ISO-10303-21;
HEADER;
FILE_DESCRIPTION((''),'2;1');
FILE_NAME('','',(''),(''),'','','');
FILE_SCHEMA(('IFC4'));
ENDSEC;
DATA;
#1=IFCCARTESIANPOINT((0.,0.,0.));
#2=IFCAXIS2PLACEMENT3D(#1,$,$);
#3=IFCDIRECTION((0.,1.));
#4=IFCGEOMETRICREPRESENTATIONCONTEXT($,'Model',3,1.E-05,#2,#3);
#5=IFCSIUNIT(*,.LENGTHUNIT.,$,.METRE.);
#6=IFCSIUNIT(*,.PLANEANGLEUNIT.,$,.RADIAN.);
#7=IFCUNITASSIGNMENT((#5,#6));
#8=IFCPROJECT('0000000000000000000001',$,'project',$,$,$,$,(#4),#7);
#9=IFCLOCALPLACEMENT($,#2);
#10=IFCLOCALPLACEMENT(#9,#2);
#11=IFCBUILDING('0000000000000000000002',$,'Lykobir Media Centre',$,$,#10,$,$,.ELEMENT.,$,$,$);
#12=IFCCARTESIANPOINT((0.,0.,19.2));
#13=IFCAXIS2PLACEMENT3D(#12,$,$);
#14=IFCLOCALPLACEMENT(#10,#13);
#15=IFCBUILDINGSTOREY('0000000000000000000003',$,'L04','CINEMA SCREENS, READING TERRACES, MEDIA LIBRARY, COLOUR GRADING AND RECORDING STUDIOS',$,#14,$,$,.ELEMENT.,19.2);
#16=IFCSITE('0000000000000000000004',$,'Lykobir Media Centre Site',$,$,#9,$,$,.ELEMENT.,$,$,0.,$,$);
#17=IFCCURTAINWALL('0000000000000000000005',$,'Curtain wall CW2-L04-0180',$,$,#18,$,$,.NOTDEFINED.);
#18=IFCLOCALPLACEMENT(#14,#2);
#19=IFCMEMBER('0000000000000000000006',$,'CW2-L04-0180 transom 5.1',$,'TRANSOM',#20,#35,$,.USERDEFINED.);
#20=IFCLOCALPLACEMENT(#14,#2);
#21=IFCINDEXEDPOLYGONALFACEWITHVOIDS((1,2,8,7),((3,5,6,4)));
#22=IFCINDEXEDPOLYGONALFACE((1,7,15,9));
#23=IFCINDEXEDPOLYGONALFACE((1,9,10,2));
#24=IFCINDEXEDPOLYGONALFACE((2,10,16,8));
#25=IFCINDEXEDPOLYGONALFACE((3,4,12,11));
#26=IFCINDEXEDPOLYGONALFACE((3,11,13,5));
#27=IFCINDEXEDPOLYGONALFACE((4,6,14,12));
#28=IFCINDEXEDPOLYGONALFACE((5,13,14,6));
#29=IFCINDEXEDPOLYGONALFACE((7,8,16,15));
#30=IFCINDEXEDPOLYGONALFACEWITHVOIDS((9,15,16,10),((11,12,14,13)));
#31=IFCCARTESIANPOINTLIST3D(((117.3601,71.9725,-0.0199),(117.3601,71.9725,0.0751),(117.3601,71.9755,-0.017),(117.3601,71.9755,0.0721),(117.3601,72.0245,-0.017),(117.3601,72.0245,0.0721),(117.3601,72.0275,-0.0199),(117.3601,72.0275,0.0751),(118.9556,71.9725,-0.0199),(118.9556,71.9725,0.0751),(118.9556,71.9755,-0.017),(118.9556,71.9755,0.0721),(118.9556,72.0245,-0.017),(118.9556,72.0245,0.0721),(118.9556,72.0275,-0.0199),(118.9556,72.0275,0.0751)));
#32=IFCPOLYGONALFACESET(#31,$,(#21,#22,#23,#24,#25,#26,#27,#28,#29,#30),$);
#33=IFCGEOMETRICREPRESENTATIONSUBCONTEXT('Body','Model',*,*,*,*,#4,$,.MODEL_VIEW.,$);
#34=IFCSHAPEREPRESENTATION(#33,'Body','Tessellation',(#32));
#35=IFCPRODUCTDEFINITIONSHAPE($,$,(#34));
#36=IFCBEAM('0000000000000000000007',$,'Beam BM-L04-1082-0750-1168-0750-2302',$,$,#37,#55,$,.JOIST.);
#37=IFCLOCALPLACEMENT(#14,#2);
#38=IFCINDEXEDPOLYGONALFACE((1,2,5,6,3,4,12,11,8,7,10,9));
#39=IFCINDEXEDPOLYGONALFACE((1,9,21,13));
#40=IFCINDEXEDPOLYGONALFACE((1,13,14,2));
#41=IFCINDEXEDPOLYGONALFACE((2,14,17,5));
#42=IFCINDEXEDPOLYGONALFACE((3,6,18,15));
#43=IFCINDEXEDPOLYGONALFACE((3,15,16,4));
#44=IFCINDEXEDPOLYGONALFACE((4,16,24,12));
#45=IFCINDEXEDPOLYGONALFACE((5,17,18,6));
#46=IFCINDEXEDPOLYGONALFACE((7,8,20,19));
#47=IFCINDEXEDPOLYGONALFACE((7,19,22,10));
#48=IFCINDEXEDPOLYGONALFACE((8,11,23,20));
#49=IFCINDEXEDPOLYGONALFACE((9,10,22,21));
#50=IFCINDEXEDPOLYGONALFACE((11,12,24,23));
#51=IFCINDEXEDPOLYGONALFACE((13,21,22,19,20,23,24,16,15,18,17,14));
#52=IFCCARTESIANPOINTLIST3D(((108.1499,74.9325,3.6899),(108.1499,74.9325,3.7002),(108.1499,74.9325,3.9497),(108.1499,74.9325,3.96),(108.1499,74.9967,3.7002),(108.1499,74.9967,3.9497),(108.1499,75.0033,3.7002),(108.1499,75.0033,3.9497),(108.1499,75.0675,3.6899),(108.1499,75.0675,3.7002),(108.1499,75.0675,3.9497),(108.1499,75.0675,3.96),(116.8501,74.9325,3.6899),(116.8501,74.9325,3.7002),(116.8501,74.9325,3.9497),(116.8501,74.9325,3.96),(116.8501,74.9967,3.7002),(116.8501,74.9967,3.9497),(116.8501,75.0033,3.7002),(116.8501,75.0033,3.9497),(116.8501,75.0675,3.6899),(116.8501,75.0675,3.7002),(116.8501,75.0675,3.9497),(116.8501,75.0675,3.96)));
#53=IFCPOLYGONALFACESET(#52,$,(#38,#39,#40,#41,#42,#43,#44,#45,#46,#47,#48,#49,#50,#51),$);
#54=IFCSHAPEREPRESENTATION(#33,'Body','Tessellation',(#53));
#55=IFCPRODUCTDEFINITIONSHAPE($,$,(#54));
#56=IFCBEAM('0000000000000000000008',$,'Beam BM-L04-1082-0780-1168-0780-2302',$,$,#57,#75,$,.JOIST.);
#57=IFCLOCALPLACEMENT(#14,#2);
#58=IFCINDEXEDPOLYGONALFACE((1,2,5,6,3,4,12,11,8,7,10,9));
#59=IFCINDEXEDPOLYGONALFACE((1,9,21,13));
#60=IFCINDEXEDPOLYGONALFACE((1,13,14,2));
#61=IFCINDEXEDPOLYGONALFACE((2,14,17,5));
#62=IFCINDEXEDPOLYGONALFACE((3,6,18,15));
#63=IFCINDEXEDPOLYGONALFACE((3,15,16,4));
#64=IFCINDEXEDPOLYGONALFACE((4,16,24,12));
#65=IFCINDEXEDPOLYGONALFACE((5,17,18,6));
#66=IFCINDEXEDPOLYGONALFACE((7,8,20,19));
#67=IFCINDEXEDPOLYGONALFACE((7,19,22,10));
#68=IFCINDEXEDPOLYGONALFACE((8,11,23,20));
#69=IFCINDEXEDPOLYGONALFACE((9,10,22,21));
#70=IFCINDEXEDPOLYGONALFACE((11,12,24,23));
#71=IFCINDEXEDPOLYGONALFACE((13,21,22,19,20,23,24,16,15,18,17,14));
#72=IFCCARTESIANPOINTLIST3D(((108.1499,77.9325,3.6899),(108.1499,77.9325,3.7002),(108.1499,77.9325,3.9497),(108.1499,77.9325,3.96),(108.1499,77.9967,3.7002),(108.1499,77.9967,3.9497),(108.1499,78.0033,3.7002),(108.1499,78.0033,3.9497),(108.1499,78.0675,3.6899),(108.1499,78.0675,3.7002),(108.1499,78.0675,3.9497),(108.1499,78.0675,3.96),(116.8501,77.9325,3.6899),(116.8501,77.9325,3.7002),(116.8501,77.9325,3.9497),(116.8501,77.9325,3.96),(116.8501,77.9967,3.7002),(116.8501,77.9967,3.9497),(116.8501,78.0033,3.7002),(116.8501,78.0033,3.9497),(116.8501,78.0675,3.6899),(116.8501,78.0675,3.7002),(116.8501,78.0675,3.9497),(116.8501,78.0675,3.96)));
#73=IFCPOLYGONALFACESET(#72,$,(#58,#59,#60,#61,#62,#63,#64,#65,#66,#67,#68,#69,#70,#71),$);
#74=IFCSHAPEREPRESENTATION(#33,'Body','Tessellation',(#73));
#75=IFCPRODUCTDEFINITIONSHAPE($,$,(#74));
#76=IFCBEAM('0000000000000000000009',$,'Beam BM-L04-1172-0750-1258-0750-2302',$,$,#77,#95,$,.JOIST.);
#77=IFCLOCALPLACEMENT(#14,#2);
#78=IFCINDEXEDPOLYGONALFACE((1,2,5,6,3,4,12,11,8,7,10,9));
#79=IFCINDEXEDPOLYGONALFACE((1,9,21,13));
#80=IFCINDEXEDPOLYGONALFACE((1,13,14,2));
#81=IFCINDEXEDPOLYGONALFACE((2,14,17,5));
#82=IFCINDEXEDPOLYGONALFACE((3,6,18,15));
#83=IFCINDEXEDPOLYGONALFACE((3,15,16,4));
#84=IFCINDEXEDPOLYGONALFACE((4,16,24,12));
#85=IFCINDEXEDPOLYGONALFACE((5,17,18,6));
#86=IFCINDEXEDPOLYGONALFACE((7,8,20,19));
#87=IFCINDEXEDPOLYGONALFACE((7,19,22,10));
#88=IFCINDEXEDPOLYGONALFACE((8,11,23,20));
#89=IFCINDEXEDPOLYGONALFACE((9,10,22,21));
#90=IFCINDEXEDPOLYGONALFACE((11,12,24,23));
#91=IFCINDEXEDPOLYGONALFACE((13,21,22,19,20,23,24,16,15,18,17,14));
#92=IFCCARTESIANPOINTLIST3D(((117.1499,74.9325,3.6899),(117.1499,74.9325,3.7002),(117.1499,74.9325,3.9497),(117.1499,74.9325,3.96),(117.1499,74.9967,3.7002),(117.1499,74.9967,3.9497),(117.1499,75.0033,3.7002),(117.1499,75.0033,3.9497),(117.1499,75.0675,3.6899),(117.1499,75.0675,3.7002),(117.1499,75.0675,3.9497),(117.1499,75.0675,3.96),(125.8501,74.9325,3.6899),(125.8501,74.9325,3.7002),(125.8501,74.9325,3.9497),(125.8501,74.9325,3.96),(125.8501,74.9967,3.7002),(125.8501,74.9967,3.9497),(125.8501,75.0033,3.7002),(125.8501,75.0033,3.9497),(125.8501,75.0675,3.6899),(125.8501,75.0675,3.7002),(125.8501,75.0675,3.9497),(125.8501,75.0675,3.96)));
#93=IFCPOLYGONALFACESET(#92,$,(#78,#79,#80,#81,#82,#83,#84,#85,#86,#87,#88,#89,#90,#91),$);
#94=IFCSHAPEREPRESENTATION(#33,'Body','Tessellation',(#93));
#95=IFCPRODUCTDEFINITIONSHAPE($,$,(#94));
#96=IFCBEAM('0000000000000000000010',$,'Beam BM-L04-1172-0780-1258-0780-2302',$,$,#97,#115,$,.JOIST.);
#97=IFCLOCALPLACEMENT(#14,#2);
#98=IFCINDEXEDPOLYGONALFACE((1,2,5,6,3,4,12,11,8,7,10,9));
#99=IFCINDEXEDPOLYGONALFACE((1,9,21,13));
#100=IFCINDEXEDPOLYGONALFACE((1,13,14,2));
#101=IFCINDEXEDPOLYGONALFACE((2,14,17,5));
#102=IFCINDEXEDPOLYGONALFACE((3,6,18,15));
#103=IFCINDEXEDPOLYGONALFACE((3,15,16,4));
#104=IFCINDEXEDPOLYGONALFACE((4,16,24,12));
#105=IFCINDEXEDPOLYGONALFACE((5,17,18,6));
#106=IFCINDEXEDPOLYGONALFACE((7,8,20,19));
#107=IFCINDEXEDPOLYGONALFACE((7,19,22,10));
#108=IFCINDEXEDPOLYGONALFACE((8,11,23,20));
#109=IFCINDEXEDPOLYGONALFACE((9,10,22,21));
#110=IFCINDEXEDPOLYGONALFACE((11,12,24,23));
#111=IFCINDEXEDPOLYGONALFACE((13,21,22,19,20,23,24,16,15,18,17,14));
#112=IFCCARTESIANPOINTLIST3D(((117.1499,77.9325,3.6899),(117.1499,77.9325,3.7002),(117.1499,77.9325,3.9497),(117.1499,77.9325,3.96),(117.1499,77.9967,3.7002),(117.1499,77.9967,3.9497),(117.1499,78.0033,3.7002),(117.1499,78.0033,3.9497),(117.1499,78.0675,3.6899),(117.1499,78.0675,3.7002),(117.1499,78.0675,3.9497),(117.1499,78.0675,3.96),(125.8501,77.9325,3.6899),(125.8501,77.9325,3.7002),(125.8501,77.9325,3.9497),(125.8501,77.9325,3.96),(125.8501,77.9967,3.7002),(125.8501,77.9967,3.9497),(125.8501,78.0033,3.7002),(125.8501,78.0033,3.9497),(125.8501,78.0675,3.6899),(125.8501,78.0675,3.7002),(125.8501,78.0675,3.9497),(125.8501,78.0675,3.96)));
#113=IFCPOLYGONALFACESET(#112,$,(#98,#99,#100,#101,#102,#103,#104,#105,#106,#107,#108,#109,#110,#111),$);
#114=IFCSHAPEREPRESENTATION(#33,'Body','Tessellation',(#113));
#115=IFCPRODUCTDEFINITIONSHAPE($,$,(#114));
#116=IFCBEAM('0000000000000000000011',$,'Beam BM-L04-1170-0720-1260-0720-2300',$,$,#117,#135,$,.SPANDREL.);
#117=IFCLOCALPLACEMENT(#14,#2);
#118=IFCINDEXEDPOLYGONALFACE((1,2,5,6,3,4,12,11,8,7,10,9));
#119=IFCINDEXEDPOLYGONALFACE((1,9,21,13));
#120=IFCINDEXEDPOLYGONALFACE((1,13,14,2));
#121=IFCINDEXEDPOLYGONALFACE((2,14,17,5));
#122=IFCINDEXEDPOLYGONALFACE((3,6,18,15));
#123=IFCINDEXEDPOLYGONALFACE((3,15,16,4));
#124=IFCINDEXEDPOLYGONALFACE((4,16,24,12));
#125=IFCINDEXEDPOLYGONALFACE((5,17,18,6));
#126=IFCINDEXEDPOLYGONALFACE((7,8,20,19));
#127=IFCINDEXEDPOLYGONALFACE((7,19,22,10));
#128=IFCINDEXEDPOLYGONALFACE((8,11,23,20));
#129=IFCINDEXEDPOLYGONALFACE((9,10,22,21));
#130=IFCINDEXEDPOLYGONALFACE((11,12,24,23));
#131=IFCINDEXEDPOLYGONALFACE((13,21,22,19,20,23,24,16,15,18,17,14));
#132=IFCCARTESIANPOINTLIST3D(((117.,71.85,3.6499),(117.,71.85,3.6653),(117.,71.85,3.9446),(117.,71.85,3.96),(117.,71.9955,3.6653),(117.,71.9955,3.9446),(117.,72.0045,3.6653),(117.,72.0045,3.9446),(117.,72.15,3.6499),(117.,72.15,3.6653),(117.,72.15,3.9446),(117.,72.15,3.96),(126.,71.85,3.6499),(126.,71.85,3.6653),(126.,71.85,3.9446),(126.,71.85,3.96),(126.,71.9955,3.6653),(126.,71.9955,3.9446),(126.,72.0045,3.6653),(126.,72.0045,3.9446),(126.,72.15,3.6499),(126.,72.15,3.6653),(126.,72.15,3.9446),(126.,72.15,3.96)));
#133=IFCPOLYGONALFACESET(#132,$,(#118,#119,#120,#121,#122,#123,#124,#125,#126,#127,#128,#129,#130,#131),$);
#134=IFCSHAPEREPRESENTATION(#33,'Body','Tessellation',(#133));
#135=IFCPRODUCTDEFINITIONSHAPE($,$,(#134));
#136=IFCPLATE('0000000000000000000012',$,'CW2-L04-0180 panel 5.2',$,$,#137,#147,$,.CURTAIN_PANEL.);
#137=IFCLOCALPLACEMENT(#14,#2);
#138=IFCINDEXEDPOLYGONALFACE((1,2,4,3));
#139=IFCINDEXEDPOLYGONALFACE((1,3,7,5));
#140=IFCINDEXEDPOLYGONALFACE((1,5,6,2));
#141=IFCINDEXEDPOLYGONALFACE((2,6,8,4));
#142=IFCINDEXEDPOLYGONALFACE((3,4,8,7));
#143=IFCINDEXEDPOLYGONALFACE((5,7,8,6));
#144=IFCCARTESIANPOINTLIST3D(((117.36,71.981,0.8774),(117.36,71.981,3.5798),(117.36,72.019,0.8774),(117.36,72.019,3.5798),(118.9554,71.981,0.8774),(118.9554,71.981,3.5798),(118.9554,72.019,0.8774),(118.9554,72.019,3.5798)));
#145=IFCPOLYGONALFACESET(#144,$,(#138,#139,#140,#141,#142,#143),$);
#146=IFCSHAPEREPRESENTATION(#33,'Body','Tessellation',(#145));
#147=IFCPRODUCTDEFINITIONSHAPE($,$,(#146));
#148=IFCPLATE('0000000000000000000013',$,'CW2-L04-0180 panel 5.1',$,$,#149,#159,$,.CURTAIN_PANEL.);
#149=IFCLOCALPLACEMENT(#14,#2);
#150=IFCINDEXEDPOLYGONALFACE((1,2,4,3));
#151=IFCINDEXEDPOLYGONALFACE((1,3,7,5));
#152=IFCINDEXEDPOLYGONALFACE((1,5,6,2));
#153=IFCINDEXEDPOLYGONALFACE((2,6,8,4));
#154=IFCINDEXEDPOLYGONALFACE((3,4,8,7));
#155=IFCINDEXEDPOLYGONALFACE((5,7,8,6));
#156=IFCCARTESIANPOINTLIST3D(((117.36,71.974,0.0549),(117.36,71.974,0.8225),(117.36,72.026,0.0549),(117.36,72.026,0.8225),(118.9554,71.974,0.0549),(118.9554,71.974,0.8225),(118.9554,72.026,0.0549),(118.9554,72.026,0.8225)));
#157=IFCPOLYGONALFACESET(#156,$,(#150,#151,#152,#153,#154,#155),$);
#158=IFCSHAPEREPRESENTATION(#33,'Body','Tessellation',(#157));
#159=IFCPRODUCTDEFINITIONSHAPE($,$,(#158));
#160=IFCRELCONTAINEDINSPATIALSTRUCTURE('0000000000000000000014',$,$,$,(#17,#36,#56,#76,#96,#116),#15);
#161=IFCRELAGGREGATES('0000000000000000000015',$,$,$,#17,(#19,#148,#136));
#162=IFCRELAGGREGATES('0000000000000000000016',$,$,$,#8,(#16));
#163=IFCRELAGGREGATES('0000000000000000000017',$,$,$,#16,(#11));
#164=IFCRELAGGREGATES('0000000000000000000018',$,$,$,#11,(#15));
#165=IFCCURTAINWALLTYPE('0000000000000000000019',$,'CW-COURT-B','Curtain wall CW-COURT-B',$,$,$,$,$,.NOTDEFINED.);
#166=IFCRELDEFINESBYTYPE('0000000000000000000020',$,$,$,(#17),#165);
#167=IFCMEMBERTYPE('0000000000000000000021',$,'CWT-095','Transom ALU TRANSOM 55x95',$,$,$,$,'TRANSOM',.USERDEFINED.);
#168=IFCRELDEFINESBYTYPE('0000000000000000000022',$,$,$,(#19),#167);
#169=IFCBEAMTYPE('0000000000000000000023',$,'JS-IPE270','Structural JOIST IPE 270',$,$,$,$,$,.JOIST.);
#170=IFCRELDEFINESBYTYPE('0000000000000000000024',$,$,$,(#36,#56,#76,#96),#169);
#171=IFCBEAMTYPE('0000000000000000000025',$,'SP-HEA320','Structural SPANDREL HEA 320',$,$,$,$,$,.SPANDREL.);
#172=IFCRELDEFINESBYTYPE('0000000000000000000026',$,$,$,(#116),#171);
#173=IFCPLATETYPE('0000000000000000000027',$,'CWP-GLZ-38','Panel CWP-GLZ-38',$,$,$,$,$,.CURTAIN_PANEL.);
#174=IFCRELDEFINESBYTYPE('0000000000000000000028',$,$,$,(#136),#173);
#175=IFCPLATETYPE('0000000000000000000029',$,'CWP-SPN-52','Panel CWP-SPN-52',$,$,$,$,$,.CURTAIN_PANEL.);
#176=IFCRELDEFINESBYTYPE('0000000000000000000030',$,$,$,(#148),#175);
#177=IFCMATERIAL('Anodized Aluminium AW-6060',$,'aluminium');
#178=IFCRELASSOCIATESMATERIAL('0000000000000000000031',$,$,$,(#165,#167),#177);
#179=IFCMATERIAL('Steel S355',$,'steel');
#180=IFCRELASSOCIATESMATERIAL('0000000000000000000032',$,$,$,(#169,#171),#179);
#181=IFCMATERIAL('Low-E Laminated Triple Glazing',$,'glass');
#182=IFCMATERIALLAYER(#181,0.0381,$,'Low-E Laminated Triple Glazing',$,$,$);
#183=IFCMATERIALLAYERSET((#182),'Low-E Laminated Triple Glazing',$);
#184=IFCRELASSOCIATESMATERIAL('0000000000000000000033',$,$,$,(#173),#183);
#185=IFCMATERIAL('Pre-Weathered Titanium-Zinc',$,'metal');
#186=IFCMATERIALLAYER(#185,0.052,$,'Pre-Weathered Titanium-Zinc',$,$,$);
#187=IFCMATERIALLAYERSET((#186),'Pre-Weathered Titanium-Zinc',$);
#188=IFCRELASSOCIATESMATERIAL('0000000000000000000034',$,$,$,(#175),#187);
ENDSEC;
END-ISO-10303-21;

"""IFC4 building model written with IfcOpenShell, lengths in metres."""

from ifc_helpers import new_model, si_unit, direction, frame, origin, origin_2d, place, context, subcontext, project, spatial, rectangle, hollow_rectangle, i_section, extrude, material, layer, layer_set, material_profile, profile_set, type_object, element, aggregate, save


model = new_model("IFC4")

# Units and contexts
model_context = context("Model", 3, precision=1e-05, world=origin(), true_north=direction((0.0, 1.0)))
body_context = subcontext(model_context, "Body", "Model", "MODEL_VIEW")
ifc_project = project(units=[si_unit("LENGTHUNIT", "METRE"), si_unit("PLANEANGLEUNIT", "RADIAN")], contexts=[model_context])

# Site, building, storey
site_placement = place(None, origin())
site = spatial("IfcSite", under=ifc_project, at=site_placement, Name="Lykobir Media Centre Site", CompositionType="ELEMENT", RefElevation=0.0)
building_placement = place(site_placement, origin())
building = spatial("IfcBuilding", under=site, at=building_placement, Name="Lykobir Media Centre", CompositionType="ELEMENT")
storey_placement = place(building_placement, frame((0.0, 0.0, 19.2)))
storey = spatial("IfcBuildingStorey", under=building, at=storey_placement, Name="L04", Description="CINEMA SCREENS, READING TERRACES, MEDIA LIBRARY, COLOUR GRADING AND RECORDING STUDIOS", CompositionType="ELEMENT", Elevation=19.2)

# Shared definitions
ifc_material_1 = material(Name="Steel S355", Category="steel")

# Curtain wall
ifc_material_2 = material(Name="Anodized Aluminium AW-6060", Category="aluminium")
curtain_wall_type = type_object("IfcCurtainWallType", Name="CW-COURT-B", Description="Curtain wall CW-COURT-B", PredefinedType="NOTDEFINED", material=ifc_material_2)
curtain_wall_1_placement = place(storey_placement, origin())
curtain_wall_1 = element("IfcCurtainWall", 1, at=curtain_wall_1_placement, inside=storey, type_object=curtain_wall_type, Name="Curtain wall CW2-L04-0180", PredefinedType="NOTDEFINED")

# Member
ifc_material_profile_1 = material_profile(ifc_material_2, hollow_rectangle(XDim=0.0549, YDim=0.095, WallThickness=0.0029, at=origin_2d()), Name="ALU TRANSOM 55x95")
ifc_profile_set_1 = profile_set([ifc_material_profile_1], Name="Anodized Aluminium AW-6060")
member_type_1 = type_object("IfcMemberType", Name="CWT-095", Description="Transom ALU TRANSOM 55x95", ElementType="TRANSOM", PredefinedType="USERDEFINED", material=ifc_profile_set_1)
member_1_placement = place(storey_placement, frame((118.9556, 72.0, 0.0276), z_axis=(-1.0, 0.0, 0.0), x_axis=(0.0, -1.0, 0.0)))
member_1 = element("IfcMember", 2, at=member_1_placement, type_object=member_type_1, Name="CW2-L04-0180 transom 5.1", ObjectType="TRANSOM", PredefinedType="USERDEFINED", context=body_context, shape_type="SweptSolid", body=[
    extrude(hollow_rectangle(XDim=0.0549, YDim=0.095, WallThickness=0.0029, at=origin_2d()), origin(), (0.0, 0.0, 1.0), 1.5955),
])

# Beams
ifc_material_profile_2 = material_profile(ifc_material_1, i_section(OverallWidth=0.135, OverallDepth=0.27, WebThickness=0.0066, FlangeThickness=0.0103, at=origin_2d()), Name="IPE 270")
ifc_profile_set_2 = profile_set([ifc_material_profile_2], Name="Steel S355")
beam_type_1 = type_object("IfcBeamType", Name="JS-IPE270", Description="Structural JOIST IPE 270", PredefinedType="JOIST", material=ifc_profile_set_2)
for number, where, z_axis, x_axis, name in (
    (3, (108.1499, 75.0, 3.825), (1.0, 0.0, 0.0), (0.0, 1.0, 0.0), "Beam BM-L04-1082-0750-1168-0750-2302"),
    (4, (108.1499, 78.0, 3.825), (1.0, 0.0, 0.0), (0.0, 1.0, 0.0), "Beam BM-L04-1082-0780-1168-0780-2302"),
    (5, (117.1499, 75.0, 3.825), (1.0, 0.0, 0.0), (0.0, 1.0, 0.0), "Beam BM-L04-1172-0750-1258-0750-2302"),
    (6, (117.1499, 78.0, 3.825), (1.0, 0.0, 0.0), (0.0, 1.0, 0.0), "Beam BM-L04-1172-0780-1258-0780-2302"),
):
    element("IfcBeam", number, at=place(storey_placement, frame(where, z_axis=z_axis, x_axis=x_axis)), inside=storey, type_object=beam_type_1, Name=name, PredefinedType="JOIST", context=body_context, shape_type="SweptSolid", body=[
        extrude(i_section(OverallWidth=0.135, OverallDepth=0.27, WebThickness=0.0066, FlangeThickness=0.0103, at=origin_2d()), origin(), (0.0, 0.0, 1.0), 8.7002),
    ])
ifc_material_profile_3 = material_profile(ifc_material_1, i_section(OverallWidth=0.3, OverallDepth=0.3101, WebThickness=0.009, FlangeThickness=0.0154, at=origin_2d()), Name="HEA 320")
ifc_profile_set_3 = profile_set([ifc_material_profile_3], Name="Steel S355")
beam_type_2 = type_object("IfcBeamType", Name="SP-HEA320", Description="Structural SPANDREL HEA 320", PredefinedType="SPANDREL", material=ifc_profile_set_3)
beam_1_placement = place(storey_placement, frame((117.0, 72.0, 3.8049), z_axis=(1.0, 0.0, 0.0), x_axis=(0.0, 1.0, 0.0)))
element("IfcBeam", 7, at=beam_1_placement, inside=storey, type_object=beam_type_2, Name="Beam BM-L04-1170-0720-1260-0720-2300", PredefinedType="SPANDREL", context=body_context, shape_type="SweptSolid", body=[
    extrude(i_section(OverallWidth=0.3, OverallDepth=0.3101, WebThickness=0.009, FlangeThickness=0.0154, at=origin_2d()), origin(), (0.0, 0.0, 1.0), 9.0),
])

# Plates
ifc_material_3 = material(Name="Low-E Laminated Triple Glazing", Category="glass")
ifc_layer_1 = layer(ifc_material_3, 0.0381, Name="Low-E Laminated Triple Glazing")
ifc_layer_set_1 = layer_set([ifc_layer_1], Name="Low-E Laminated Triple Glazing")
plate_type_1 = type_object("IfcPlateType", Name="CWP-GLZ-38", Description="Panel CWP-GLZ-38", PredefinedType="CURTAIN_PANEL", material=ifc_layer_set_1)
plate_1_placement = place(storey_placement, frame((118.1577, 72.0, 0.8774), z_axis=(0.0, 0.0, 1.0), x_axis=(-1.0, 0.0, 0.0)))
plate_1 = element("IfcPlate", 8, at=plate_1_placement, type_object=plate_type_1, Name="CW2-L04-0180 panel 5.2", PredefinedType="CURTAIN_PANEL", context=body_context, shape_type="SweptSolid", body=[
    extrude(rectangle(XDim=1.5955, YDim=0.0381, at=origin_2d()), origin(), (0.0, 0.0, 1.0), 2.7024),
])
ifc_material_4 = material(Name="Pre-Weathered Titanium-Zinc", Category="metal")
ifc_layer_2 = layer(ifc_material_4, 0.052, Name="Pre-Weathered Titanium-Zinc")
ifc_layer_set_2 = layer_set([ifc_layer_2], Name="Pre-Weathered Titanium-Zinc")
plate_type_2 = type_object("IfcPlateType", Name="CWP-SPN-52", Description="Panel CWP-SPN-52", PredefinedType="CURTAIN_PANEL", material=ifc_layer_set_2)
plate_2_placement = place(storey_placement, frame((118.1577, 72.0, 0.0549), z_axis=(0.0, 0.0, 1.0), x_axis=(-1.0, 0.0, 0.0)))
plate_2 = element("IfcPlate", 9, at=plate_2_placement, type_object=plate_type_2, Name="CW2-L04-0180 panel 5.1", PredefinedType="CURTAIN_PANEL", context=body_context, shape_type="SweptSolid", body=[
    extrude(rectangle(XDim=1.5955, YDim=0.052, at=origin_2d()), origin(), (0.0, 0.0, 1.0), 0.7676),
])
aggregate(curtain_wall_1, [member_1, plate_2, plate_1])

save(model, "model.ifc")
